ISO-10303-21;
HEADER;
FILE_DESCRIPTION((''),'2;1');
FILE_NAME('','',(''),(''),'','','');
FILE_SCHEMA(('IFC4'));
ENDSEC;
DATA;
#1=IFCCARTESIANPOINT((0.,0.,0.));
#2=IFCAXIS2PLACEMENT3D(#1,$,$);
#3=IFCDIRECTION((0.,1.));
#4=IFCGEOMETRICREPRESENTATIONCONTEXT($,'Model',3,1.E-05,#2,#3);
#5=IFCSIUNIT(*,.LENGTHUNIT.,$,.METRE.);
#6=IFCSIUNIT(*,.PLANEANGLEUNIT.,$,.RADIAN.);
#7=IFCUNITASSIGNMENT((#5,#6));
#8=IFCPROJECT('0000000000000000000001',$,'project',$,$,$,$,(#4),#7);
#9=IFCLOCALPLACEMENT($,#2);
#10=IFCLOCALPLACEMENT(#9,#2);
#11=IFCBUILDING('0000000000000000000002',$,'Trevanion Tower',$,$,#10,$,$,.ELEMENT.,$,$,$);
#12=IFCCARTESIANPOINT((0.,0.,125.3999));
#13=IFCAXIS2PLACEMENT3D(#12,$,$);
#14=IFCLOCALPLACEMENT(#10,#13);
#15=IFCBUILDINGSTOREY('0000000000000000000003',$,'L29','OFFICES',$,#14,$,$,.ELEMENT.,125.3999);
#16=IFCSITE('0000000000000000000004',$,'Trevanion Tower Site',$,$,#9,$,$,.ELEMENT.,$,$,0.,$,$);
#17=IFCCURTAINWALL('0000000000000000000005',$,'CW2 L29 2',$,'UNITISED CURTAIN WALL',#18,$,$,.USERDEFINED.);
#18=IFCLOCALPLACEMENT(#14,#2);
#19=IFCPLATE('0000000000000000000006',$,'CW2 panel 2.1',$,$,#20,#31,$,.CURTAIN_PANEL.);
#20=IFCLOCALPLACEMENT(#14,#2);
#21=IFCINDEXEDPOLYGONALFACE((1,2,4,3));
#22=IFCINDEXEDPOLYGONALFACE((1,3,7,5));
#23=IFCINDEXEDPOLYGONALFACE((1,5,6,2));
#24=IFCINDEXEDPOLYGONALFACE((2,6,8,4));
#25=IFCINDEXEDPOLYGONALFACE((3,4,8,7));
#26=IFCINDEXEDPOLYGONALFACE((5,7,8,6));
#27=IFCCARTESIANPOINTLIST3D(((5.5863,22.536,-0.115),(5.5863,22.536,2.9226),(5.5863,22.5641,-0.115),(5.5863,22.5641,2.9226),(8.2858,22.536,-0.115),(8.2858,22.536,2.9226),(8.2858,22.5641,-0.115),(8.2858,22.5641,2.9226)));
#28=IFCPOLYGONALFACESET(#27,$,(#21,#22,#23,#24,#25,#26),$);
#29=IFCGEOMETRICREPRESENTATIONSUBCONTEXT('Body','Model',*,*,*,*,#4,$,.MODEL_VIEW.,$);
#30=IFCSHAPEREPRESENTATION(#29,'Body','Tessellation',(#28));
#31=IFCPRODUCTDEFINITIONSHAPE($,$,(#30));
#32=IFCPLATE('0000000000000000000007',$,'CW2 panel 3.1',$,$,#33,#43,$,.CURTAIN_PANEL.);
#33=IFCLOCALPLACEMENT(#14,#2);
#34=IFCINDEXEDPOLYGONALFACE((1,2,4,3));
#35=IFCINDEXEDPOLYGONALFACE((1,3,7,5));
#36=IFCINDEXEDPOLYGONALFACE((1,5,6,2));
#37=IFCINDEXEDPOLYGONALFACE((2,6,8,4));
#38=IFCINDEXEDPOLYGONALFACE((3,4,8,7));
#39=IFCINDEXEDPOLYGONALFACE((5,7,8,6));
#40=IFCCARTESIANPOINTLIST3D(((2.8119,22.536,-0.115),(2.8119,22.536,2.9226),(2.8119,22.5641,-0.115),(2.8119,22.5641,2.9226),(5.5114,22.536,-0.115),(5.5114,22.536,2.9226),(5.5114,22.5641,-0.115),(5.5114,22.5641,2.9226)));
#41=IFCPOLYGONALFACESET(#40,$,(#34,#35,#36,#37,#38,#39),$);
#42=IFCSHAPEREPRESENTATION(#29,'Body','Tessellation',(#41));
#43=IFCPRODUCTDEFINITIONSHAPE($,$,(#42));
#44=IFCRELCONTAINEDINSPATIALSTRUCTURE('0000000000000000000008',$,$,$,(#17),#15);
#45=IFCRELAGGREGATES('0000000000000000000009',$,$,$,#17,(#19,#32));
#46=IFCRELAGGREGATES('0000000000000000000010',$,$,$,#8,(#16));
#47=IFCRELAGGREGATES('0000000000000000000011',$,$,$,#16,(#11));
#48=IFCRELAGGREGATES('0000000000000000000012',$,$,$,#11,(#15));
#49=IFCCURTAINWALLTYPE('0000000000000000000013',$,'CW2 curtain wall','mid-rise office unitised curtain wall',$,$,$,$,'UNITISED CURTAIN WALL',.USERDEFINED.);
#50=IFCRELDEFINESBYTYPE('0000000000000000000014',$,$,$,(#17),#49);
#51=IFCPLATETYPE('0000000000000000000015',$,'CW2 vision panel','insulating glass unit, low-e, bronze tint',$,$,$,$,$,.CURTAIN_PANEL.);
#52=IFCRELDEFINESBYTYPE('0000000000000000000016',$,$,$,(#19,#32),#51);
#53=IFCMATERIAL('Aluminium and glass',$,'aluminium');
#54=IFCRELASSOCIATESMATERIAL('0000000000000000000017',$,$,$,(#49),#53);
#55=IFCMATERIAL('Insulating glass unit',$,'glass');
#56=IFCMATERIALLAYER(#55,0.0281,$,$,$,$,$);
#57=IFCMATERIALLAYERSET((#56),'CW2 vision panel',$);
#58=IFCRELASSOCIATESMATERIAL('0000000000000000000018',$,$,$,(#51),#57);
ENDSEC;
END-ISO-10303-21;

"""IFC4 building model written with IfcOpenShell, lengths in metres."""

from ifc_helpers import new_model, si_unit, direction, frame, origin, origin_2d, place, context, subcontext, project, spatial, rectangle, extrude, material, layer, layer_set, type_object, element, aggregate, save


model = new_model("IFC4")

# Units and contexts
model_context = context("Model", 3, precision=1e-05, world=origin(), true_north=direction((0.0, 1.0)))
body_context = subcontext(model_context, "Body", "Model", "MODEL_VIEW")
ifc_project = project(units=[si_unit("LENGTHUNIT", "METRE"), si_unit("PLANEANGLEUNIT", "RADIAN")], contexts=[model_context])

# Site, building, storey
site_placement = place(None, origin())
site = spatial("IfcSite", under=ifc_project, at=site_placement, Name="Trevanion Tower Site", CompositionType="ELEMENT", RefElevation=0.0)
building_placement = place(site_placement, origin())
building = spatial("IfcBuilding", under=site, at=building_placement, Name="Trevanion Tower", CompositionType="ELEMENT")
storey_placement = place(building_placement, frame((0.0, 0.0, 125.3999)))
storey = spatial("IfcBuildingStorey", under=building, at=storey_placement, Name="L29", Description="OFFICES", CompositionType="ELEMENT", Elevation=125.3999)

# Curtain wall, plates
ifc_material_1 = material(Name="Aluminium and glass", Category="aluminium")
curtain_wall_type = type_object("IfcCurtainWallType", Name="CW2 curtain wall", Description="mid-rise office unitised curtain wall", ElementType="UNITISED CURTAIN WALL", PredefinedType="USERDEFINED", material=ifc_material_1)
curtain_wall_placement = place(storey_placement, origin())
curtain_wall = element("IfcCurtainWall", 1, at=curtain_wall_placement, inside=storey, type_object=curtain_wall_type, Name="CW2 L29 2", ObjectType="UNITISED CURTAIN WALL", PredefinedType="USERDEFINED")
ifc_material_2 = material(Name="Insulating glass unit", Category="glass")
ifc_layer_1 = layer(ifc_material_2, 0.0281)
ifc_layer_set_1 = layer_set([ifc_layer_1], Name="CW2 vision panel")
plate_type_1 = type_object("IfcPlateType", Name="CW2 vision panel", Description="insulating glass unit, low-e, bronze tint", PredefinedType="CURTAIN_PANEL", material=ifc_layer_set_1)
plate_1_placement = place(storey_placement, frame((6.936, 22.55, -0.115), z_axis=(0.0, 0.0, 1.0), x_axis=(-1.0, 0.0, 0.0)))
plate_1 = element("IfcPlate", 2, at=plate_1_placement, type_object=plate_type_1, Name="CW2 panel 2.1", PredefinedType="CURTAIN_PANEL", context=body_context, shape_type="SweptSolid", body=[
    extrude(rectangle(XDim=2.6995, YDim=0.0281, at=origin_2d()), origin(), (0.0, 0.0, 1.0), 3.0376),
])
plate_2_placement = place(storey_placement, frame((4.1616, 22.55, -0.115), z_axis=(0.0, 0.0, 1.0), x_axis=(-1.0, 0.0, 0.0)))
plate_2 = element("IfcPlate", 3, at=plate_2_placement, type_object=plate_type_1, Name="CW2 panel 3.1", PredefinedType="CURTAIN_PANEL", context=body_context, shape_type="SweptSolid", body=[
    extrude(rectangle(XDim=2.6995, YDim=0.0281, at=origin_2d()), origin(), (0.0, 0.0, 1.0), 3.0376),
])
aggregate(curtain_wall, [plate_1, plate_2])

save(model, "model.ifc")
